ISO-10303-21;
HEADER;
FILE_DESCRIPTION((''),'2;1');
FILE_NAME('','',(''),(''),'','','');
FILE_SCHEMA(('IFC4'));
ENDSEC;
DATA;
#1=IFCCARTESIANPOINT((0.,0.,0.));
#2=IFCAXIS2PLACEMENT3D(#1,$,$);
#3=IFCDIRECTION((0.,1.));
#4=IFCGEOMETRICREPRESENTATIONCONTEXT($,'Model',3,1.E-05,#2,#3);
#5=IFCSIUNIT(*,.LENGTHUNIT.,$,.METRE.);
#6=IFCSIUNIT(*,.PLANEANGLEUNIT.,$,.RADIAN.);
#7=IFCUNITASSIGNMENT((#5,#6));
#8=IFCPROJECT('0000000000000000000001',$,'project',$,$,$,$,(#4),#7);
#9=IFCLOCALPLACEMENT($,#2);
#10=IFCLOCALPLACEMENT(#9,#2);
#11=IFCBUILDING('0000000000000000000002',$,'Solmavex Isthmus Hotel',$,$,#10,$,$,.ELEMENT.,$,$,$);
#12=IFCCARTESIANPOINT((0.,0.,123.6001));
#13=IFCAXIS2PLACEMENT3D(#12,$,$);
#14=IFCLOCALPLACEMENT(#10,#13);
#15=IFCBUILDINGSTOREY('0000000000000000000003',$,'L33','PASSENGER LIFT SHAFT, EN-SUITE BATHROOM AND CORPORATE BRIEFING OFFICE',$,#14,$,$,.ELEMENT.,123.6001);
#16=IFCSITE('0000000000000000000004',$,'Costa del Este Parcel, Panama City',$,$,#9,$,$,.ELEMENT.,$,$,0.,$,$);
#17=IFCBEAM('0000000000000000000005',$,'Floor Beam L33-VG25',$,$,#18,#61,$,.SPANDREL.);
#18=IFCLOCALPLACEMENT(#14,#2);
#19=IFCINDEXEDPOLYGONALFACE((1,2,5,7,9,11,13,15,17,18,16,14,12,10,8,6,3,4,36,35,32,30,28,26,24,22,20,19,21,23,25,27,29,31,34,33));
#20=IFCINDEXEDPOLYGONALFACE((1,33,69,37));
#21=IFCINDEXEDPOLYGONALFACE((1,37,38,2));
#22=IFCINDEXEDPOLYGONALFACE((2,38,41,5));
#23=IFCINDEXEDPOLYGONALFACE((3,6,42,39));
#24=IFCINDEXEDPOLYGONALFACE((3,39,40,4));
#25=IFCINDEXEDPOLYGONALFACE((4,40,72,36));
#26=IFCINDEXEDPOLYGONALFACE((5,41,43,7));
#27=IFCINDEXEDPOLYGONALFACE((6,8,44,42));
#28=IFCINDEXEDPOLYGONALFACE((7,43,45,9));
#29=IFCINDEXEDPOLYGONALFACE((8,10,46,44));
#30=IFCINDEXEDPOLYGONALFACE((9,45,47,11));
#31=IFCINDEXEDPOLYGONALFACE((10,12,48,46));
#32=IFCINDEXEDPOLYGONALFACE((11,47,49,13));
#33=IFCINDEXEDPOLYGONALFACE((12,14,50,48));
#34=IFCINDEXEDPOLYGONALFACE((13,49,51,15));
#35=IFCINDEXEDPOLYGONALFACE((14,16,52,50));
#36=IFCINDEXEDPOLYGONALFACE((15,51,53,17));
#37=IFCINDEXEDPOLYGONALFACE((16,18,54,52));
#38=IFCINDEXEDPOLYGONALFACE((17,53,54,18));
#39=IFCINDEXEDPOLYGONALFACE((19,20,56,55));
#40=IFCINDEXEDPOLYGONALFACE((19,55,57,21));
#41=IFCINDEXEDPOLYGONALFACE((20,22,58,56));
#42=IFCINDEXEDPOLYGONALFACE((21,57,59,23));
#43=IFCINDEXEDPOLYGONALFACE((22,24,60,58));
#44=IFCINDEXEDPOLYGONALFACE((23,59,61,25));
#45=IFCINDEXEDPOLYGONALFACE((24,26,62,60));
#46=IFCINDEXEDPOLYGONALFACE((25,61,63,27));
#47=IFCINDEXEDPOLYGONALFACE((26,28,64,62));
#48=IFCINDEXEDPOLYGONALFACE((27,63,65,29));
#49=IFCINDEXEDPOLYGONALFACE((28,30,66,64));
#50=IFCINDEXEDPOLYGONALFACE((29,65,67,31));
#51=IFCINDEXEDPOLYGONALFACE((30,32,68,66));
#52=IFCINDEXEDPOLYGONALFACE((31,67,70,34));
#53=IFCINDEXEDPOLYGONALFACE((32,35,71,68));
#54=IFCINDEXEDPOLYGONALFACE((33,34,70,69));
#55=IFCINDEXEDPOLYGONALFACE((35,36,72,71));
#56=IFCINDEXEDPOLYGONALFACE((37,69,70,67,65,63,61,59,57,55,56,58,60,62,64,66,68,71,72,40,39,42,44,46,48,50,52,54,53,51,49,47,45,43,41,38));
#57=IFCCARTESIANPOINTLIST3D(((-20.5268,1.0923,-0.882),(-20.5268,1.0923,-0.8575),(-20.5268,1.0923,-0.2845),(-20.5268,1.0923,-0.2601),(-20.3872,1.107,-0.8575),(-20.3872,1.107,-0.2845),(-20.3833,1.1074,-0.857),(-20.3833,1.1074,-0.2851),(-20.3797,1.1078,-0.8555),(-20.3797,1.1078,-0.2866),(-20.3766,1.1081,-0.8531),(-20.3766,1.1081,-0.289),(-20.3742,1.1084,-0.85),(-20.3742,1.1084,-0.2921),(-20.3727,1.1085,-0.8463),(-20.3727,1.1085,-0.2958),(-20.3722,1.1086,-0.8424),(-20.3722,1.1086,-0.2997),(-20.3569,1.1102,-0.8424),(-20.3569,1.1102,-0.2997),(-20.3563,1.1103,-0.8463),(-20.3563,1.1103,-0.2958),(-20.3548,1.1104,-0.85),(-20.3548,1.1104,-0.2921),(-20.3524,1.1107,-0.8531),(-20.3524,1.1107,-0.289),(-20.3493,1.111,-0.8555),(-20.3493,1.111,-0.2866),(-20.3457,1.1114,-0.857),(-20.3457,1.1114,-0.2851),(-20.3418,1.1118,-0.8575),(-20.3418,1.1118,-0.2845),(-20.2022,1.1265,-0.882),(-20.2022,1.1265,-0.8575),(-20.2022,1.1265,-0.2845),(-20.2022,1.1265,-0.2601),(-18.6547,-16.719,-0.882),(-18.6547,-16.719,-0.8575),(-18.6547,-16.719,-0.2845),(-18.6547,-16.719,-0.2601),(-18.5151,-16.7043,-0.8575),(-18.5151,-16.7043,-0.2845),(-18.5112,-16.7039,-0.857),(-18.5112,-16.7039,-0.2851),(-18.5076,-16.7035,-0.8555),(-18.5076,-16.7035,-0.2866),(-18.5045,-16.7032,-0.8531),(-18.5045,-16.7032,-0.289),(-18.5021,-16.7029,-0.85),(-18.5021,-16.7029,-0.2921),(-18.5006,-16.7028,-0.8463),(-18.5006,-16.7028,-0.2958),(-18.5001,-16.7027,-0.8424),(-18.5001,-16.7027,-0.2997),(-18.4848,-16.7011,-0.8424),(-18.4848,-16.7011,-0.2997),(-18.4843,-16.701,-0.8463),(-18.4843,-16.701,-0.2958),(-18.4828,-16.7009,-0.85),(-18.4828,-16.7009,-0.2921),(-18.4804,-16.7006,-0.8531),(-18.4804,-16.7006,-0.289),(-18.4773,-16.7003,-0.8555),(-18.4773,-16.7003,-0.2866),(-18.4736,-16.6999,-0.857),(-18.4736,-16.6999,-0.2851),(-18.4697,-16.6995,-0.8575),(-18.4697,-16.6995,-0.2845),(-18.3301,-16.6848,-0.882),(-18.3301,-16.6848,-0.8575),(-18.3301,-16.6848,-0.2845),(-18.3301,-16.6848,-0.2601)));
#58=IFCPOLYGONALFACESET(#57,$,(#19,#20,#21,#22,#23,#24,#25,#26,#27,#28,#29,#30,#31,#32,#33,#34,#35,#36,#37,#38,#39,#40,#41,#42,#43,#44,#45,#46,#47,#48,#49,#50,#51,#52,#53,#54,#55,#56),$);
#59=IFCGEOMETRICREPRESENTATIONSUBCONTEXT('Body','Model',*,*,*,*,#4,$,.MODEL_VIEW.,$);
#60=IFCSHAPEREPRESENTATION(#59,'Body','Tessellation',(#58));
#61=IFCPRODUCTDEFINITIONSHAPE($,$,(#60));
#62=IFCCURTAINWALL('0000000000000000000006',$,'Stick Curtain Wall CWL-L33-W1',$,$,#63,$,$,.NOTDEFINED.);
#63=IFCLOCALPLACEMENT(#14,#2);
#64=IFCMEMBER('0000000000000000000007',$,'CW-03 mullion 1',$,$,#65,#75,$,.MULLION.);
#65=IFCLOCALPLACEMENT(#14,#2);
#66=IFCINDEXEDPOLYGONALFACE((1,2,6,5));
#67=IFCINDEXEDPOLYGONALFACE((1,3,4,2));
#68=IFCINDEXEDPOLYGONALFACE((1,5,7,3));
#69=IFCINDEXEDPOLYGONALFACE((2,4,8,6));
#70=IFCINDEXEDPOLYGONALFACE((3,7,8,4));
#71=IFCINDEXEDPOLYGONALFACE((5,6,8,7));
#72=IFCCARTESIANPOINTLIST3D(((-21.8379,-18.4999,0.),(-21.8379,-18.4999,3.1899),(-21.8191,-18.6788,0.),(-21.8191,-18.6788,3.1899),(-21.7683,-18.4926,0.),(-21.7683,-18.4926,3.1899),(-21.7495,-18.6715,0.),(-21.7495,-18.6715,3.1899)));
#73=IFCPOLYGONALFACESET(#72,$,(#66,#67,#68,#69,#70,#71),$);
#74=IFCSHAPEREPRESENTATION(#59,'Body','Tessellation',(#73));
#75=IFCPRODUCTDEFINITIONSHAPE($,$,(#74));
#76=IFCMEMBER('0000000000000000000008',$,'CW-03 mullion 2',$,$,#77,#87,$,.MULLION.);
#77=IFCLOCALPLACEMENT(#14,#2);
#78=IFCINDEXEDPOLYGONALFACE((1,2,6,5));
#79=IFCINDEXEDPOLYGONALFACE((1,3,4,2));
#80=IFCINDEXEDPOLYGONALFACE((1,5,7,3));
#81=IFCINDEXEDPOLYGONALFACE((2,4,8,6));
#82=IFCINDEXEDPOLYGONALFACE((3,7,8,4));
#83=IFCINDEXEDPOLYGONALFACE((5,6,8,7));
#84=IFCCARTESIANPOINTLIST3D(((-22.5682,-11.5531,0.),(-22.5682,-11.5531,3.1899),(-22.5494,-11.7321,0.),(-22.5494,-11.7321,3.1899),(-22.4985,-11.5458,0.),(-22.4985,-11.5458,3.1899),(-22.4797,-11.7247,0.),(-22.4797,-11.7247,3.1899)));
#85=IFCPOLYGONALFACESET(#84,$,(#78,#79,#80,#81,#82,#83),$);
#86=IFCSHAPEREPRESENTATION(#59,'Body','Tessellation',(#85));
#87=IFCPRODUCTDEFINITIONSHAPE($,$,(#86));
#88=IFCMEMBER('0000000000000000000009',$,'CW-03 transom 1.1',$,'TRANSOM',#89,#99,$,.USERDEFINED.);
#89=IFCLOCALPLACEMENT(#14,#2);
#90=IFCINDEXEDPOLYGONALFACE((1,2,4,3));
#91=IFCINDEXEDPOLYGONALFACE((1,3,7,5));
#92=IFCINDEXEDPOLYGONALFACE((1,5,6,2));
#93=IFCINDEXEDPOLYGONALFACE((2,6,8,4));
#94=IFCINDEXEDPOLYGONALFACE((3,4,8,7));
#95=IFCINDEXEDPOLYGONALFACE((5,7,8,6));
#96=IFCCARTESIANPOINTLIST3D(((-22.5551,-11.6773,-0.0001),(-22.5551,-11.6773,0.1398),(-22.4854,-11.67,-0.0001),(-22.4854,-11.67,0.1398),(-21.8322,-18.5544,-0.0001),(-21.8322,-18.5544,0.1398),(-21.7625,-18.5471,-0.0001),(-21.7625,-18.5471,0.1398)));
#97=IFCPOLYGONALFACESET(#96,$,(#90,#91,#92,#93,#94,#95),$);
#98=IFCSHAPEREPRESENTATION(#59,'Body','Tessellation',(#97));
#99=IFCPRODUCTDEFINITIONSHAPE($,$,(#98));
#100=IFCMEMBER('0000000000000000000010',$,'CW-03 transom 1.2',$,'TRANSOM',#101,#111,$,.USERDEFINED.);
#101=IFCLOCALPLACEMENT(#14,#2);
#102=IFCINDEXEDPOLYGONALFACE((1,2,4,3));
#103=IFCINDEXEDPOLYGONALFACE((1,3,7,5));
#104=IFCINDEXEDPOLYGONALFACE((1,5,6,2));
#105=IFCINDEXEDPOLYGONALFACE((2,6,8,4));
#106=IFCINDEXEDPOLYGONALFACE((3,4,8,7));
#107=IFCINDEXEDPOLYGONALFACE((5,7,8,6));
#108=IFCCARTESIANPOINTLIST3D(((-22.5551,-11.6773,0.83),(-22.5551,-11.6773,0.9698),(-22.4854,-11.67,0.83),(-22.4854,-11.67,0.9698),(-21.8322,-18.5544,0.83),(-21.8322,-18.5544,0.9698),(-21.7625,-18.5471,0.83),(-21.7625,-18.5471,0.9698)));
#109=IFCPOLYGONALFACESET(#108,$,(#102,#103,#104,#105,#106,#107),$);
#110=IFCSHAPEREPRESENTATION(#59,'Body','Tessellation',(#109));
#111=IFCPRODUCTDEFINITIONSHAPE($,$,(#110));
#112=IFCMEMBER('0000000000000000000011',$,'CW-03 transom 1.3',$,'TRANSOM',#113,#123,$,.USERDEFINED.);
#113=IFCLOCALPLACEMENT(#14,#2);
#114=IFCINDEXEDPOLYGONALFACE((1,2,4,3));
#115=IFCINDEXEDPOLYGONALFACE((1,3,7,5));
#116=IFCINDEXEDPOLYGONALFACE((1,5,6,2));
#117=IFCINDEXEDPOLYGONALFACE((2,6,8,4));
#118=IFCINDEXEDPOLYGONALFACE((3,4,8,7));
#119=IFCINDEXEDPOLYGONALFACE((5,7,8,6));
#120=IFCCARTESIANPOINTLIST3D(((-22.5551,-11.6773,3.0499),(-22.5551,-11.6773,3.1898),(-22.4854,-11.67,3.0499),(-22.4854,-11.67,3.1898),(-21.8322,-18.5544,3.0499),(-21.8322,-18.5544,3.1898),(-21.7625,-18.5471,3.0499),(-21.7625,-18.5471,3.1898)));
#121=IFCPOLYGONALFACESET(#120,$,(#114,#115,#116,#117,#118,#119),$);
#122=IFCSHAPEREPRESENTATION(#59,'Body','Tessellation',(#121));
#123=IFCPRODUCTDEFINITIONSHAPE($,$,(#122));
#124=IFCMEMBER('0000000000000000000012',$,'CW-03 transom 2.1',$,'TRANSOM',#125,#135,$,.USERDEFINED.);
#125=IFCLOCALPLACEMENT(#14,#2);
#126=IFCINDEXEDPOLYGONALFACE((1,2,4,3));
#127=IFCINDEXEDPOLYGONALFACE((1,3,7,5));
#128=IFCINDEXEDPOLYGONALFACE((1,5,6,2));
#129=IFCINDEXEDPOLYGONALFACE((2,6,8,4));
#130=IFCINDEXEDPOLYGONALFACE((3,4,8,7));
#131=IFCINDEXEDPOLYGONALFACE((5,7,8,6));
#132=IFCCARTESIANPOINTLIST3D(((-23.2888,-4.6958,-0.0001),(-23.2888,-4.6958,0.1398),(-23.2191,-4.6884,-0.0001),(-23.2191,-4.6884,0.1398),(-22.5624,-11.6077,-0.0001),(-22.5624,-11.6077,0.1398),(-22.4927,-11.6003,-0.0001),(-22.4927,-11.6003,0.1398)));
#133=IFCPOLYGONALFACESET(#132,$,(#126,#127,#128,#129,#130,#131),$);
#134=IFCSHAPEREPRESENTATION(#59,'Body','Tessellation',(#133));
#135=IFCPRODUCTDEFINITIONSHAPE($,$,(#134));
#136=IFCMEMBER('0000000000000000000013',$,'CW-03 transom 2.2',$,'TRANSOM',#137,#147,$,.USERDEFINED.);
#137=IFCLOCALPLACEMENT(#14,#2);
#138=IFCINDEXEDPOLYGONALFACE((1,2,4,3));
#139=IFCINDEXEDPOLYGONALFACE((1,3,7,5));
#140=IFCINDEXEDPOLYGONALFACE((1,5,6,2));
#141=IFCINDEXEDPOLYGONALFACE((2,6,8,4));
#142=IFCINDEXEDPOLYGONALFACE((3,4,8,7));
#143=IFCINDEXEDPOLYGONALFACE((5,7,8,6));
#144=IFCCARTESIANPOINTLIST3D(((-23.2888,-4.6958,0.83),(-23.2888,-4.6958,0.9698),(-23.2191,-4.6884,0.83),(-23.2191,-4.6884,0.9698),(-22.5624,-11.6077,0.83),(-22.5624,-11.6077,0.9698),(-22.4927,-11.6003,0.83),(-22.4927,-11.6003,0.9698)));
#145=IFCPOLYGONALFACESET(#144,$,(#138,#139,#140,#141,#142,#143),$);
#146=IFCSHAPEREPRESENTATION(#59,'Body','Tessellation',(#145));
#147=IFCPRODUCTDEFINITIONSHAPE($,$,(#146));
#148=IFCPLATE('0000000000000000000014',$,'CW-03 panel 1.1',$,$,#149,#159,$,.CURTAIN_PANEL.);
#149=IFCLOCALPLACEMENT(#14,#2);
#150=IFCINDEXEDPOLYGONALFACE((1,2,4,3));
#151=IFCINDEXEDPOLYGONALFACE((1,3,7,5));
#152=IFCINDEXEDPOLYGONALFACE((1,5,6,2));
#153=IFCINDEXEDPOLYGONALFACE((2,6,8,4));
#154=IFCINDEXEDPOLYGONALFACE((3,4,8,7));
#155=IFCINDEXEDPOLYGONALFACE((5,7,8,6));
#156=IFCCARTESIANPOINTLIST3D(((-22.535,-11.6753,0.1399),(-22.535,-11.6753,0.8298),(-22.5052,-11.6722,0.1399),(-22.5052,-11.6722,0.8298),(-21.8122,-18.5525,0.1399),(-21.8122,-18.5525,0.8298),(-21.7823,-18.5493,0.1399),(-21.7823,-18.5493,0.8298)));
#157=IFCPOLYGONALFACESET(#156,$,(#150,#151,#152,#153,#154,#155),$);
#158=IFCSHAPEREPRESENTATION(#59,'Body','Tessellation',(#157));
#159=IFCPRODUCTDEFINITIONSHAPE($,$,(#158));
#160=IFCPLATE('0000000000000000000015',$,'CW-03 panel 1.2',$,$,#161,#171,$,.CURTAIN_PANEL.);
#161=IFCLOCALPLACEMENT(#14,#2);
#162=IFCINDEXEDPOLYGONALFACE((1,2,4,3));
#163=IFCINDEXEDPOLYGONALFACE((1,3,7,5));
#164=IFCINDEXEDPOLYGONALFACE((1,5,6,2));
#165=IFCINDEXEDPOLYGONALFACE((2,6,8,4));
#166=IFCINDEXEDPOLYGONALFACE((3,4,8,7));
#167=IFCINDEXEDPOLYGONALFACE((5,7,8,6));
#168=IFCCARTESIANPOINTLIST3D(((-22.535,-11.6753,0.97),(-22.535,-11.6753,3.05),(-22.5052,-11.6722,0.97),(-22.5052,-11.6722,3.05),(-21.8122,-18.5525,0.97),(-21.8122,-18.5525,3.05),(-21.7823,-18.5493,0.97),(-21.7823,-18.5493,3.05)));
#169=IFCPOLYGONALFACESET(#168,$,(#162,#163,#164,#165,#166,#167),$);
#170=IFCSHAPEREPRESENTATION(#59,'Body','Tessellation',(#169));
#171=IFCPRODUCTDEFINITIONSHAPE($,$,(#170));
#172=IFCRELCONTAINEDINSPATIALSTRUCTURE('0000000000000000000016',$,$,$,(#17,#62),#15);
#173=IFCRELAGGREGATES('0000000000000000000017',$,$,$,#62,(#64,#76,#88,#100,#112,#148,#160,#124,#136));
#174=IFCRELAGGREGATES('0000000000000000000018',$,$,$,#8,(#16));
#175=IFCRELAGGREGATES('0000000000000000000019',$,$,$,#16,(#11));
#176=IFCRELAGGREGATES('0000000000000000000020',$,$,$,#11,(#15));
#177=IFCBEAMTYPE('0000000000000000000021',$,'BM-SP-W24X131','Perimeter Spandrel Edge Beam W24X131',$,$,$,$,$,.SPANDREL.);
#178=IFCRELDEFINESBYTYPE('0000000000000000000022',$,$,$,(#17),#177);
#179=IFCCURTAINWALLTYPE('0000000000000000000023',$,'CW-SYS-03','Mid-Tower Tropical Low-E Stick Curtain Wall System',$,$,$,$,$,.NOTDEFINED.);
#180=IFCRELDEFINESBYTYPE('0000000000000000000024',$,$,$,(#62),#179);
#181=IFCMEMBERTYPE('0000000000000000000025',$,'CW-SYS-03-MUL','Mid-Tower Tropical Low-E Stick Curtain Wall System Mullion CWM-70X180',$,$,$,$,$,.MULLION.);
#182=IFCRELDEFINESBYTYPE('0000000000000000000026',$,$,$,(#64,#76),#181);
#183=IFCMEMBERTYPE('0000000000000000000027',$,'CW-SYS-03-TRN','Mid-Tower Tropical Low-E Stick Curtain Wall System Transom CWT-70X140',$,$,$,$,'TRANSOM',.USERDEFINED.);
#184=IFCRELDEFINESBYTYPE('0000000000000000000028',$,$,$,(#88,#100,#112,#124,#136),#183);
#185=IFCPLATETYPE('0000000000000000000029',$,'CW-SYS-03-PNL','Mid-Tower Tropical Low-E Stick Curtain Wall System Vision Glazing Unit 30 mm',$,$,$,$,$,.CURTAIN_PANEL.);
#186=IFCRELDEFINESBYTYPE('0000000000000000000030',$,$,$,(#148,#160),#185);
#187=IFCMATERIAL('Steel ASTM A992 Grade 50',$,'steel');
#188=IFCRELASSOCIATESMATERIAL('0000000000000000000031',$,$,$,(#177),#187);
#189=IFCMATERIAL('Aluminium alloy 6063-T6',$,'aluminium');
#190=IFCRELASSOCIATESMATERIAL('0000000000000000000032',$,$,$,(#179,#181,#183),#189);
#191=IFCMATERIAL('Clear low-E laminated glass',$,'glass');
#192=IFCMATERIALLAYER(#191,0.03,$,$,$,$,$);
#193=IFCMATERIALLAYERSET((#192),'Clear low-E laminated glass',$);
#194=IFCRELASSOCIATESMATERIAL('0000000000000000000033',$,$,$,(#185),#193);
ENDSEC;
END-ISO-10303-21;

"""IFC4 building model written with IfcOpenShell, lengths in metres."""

from ifc_helpers import new_model, si_unit, direction, frame, origin, origin_2d, place, context, subcontext, project, spatial, rectangle, i_section, extrude, material, layer, layer_set, material_profile, profile_set, type_object, element, aggregate, save


model = new_model("IFC4")

# Units and contexts
model_context = context("Model", 3, precision=1e-05, world=origin(), true_north=direction((0.0, 1.0)))
body_context = subcontext(model_context, "Body", "Model", "MODEL_VIEW")
ifc_project = project(units=[si_unit("LENGTHUNIT", "METRE"), si_unit("PLANEANGLEUNIT", "RADIAN")], contexts=[model_context])

# Site, building, storey
site_placement = place(None, origin())
site = spatial("IfcSite", under=ifc_project, at=site_placement, Name="Costa del Este Parcel, Panama City", CompositionType="ELEMENT", RefElevation=0.0)
building_placement = place(site_placement, origin())
building = spatial("IfcBuilding", under=site, at=building_placement, Name="Solmavex Isthmus Hotel", CompositionType="ELEMENT")
storey_placement = place(building_placement, frame((0.0, 0.0, 123.6001)))
storey = spatial("IfcBuildingStorey", under=building, at=storey_placement, Name="L33", Description="PASSENGER LIFT SHAFT, EN-SUITE BATHROOM AND CORPORATE BRIEFING OFFICE", CompositionType="ELEMENT", Elevation=123.6001)

# Beam
ifc_material_1 = material(Name="Steel ASTM A992 Grade 50", Category="steel")
ifc_material_profile_1 = material_profile(ifc_material_1, i_section(OverallWidth=0.3264, OverallDepth=0.6218, WebThickness=0.0154, FlangeThickness=0.0244, FilletRadius=0.0151, at=origin_2d()), Name="W24X131")
ifc_profile_set_1 = profile_set([ifc_material_profile_1], Name="Steel ASTM A992 Grade 50")
beam_type_1 = type_object("IfcBeamType", Name="BM-SP-W24X131", Description="Perimeter Spandrel Edge Beam W24X131", PredefinedType="SPANDREL", material=ifc_profile_set_1)
beam_1_placement = place(storey_placement, frame((-18.4924, -16.7019, -0.571), z_axis=(-0.10453, 0.994522, 0.0), x_axis=(-0.994522, -0.10453, 0.0)))
element("IfcBeam", 1, at=beam_1_placement, inside=storey, type_object=beam_type_1, Name="Floor Beam L33-VG25", PredefinedType="SPANDREL", context=body_context, shape_type="SweptSolid", body=[
    extrude(i_section(OverallWidth=0.3264, OverallDepth=0.6218, WebThickness=0.0154, FlangeThickness=0.0244, FilletRadius=0.0151, at=origin_2d()), origin(), (0.0, 0.0, 1.0), 17.9094),
])

# Curtain wall, members, plates
ifc_material_2 = material(Name="Aluminium alloy 6063-T6", Category="aluminium")
curtain_wall_type = type_object("IfcCurtainWallType", Name="CW-SYS-03", Description="Mid-Tower Tropical Low-E Stick Curtain Wall System", PredefinedType="NOTDEFINED", material=ifc_material_2)
curtain_wall_placement = place(storey_placement, origin())
curtain_wall = element("IfcCurtainWall", 2, at=curtain_wall_placement, inside=storey, type_object=curtain_wall_type, Name="Stick Curtain Wall CWL-L33-W1", PredefinedType="NOTDEFINED")
ifc_material_profile_2 = material_profile(ifc_material_2, rectangle(XDim=0.0701, YDim=0.1799, at=origin_2d()), Name="CWM-70X180")
ifc_profile_set_2 = profile_set([ifc_material_profile_2], Name="Aluminium alloy 6063-T6")
member_type_1 = type_object("IfcMemberType", Name="CW-SYS-03-MUL", Description="Mid-Tower Tropical Low-E Stick Curtain Wall System Mullion CWM-70X180", PredefinedType="MULLION", material=ifc_profile_set_2)
member_1_placement = place(storey_placement, frame((-21.7937, -18.5857, 0.0), z_axis=(0.0, 0.0, 1.0), x_axis=(-0.994522, -0.104528, 0.0)))
member_1 = element("IfcMember", 3, at=member_1_placement, type_object=member_type_1, Name="CW-03 mullion 1", PredefinedType="MULLION", context=body_context, shape_type="SweptSolid", body=[
    extrude(rectangle(XDim=0.0701, YDim=0.1799, at=origin_2d()), origin(), (0.0, 0.0, 1.0), 3.1899),
])
member_2_placement = place(storey_placement, frame((-22.5239, -11.6389, 0.0), z_axis=(0.0, 0.0, 1.0), x_axis=(-0.994522, -0.104528, 0.0)))
member_2 = element("IfcMember", 4, at=member_2_placement, type_object=member_type_1, Name="CW-03 mullion 2", PredefinedType="MULLION", context=body_context, shape_type="SweptSolid", body=[
    extrude(rectangle(XDim=0.0701, YDim=0.1799, at=origin_2d()), origin(), (0.0, 0.0, 1.0), 3.1899),
])
ifc_material_profile_3 = material_profile(ifc_material_2, rectangle(XDim=0.0701, YDim=0.1399, at=origin_2d()), Name="CWT-70X140")
ifc_profile_set_3 = profile_set([ifc_material_profile_3], Name="Aluminium alloy 6063-T6")
member_type_2 = type_object("IfcMemberType", Name="CW-SYS-03-TRN", Description="Mid-Tower Tropical Low-E Stick Curtain Wall System Transom CWT-70X140", ElementType="TRANSOM", PredefinedType="USERDEFINED", material=ifc_profile_set_3)
member_3_placement = place(storey_placement, frame((-21.7974, -18.5508, 0.0698), z_axis=(-0.10454, 0.994521, 0.0), x_axis=(-0.994521, -0.10454, 0.0)))
member_3 = element("IfcMember", 5, at=member_3_placement, type_object=member_type_2, Name="CW-03 transom 1.1", ObjectType="TRANSOM", PredefinedType="USERDEFINED", context=body_context, shape_type="SweptSolid", body=[
    extrude(rectangle(XDim=0.0701, YDim=0.1399, at=origin_2d()), origin(), (0.0, 0.0, 1.0), 6.915),
])
member_4_placement = place(storey_placement, frame((-21.7974, -18.5508, 0.8999), z_axis=(-0.10454, 0.994521, 0.0), x_axis=(-0.994521, -0.10454, 0.0)))
member_4 = element("IfcMember", 6, at=member_4_placement, type_object=member_type_2, Name="CW-03 transom 1.2", ObjectType="TRANSOM", PredefinedType="USERDEFINED", context=body_context, shape_type="SweptSolid", body=[
    extrude(rectangle(XDim=0.0701, YDim=0.1399, at=origin_2d()), origin(), (0.0, 0.0, 1.0), 6.915),
])
member_5_placement = place(storey_placement, frame((-21.7974, -18.5508, 3.1199), z_axis=(-0.10454, 0.994521, 0.0), x_axis=(-0.994521, -0.10454, 0.0)))
member_5 = element("IfcMember", 7, at=member_5_placement, type_object=member_type_2, Name="CW-03 transom 1.3", ObjectType="TRANSOM", PredefinedType="USERDEFINED", context=body_context, shape_type="SweptSolid", body=[
    extrude(rectangle(XDim=0.0701, YDim=0.1399, at=origin_2d()), origin(), (0.0, 0.0, 1.0), 6.915),
])
member_6_placement = place(storey_placement, frame((-22.5276, -11.604, 0.0698), z_axis=(-0.104507, 0.994524, 0.0), x_axis=(-0.994524, -0.104507, 0.0)))
member_6 = element("IfcMember", 8, at=member_6_placement, type_object=member_type_2, Name="CW-03 transom 2.1", ObjectType="TRANSOM", PredefinedType="USERDEFINED", context=body_context, shape_type="SweptSolid", body=[
    extrude(rectangle(XDim=0.0701, YDim=0.1399, at=origin_2d()), origin(), (0.0, 0.0, 1.0), 6.95),
])
member_7_placement = place(storey_placement, frame((-22.5276, -11.604, 0.8999), z_axis=(-0.104507, 0.994524, 0.0), x_axis=(-0.994524, -0.104507, 0.0)))
member_7 = element("IfcMember", 9, at=member_7_placement, type_object=member_type_2, Name="CW-03 transom 2.2", ObjectType="TRANSOM", PredefinedType="USERDEFINED", context=body_context, shape_type="SweptSolid", body=[
    extrude(rectangle(XDim=0.0701, YDim=0.1399, at=origin_2d()), origin(), (0.0, 0.0, 1.0), 6.95),
])
ifc_material_3 = material(Name="Clear low-E laminated glass", Category="glass")
ifc_layer_1 = layer(ifc_material_3, 0.03)
ifc_layer_set_1 = layer_set([ifc_layer_1], Name="Clear low-E laminated glass")
plate_type = type_object("IfcPlateType", Name="CW-SYS-03-PNL", Description="Mid-Tower Tropical Low-E Stick Curtain Wall System Vision Glazing Unit 30 mm", PredefinedType="CURTAIN_PANEL", material=ifc_layer_set_1)
plate_1_placement = place(storey_placement, frame((-22.1587, -15.1123, 0.1399), z_axis=(0.0, 0.0, 1.0), x_axis=(-0.104528, 0.994522, 0.0)))
plate_1 = element("IfcPlate", 10, at=plate_1_placement, type_object=plate_type, Name="CW-03 panel 1.1", PredefinedType="CURTAIN_PANEL", context=body_context, shape_type="SweptSolid", body=[
    extrude(rectangle(XDim=6.915, YDim=0.03, at=origin_2d()), origin(), (0.0, 0.0, 1.0), 0.6899),
])
plate_2_placement = place(storey_placement, frame((-22.1587, -15.1123, 0.97), z_axis=(0.0, 0.0, 1.0), x_axis=(-0.104528, 0.994522, 0.0)))
plate_2 = element("IfcPlate", 11, at=plate_2_placement, type_object=plate_type, Name="CW-03 panel 1.2", PredefinedType="CURTAIN_PANEL", context=body_context, shape_type="SweptSolid", body=[
    extrude(rectangle(XDim=6.915, YDim=0.03, at=origin_2d()), origin(), (0.0, 0.0, 1.0), 2.0801),
])
aggregate(curtain_wall, [member_1, member_2, member_3, member_4, member_5, plate_1, plate_2, member_6, member_7])

save(model, "model.ifc")
